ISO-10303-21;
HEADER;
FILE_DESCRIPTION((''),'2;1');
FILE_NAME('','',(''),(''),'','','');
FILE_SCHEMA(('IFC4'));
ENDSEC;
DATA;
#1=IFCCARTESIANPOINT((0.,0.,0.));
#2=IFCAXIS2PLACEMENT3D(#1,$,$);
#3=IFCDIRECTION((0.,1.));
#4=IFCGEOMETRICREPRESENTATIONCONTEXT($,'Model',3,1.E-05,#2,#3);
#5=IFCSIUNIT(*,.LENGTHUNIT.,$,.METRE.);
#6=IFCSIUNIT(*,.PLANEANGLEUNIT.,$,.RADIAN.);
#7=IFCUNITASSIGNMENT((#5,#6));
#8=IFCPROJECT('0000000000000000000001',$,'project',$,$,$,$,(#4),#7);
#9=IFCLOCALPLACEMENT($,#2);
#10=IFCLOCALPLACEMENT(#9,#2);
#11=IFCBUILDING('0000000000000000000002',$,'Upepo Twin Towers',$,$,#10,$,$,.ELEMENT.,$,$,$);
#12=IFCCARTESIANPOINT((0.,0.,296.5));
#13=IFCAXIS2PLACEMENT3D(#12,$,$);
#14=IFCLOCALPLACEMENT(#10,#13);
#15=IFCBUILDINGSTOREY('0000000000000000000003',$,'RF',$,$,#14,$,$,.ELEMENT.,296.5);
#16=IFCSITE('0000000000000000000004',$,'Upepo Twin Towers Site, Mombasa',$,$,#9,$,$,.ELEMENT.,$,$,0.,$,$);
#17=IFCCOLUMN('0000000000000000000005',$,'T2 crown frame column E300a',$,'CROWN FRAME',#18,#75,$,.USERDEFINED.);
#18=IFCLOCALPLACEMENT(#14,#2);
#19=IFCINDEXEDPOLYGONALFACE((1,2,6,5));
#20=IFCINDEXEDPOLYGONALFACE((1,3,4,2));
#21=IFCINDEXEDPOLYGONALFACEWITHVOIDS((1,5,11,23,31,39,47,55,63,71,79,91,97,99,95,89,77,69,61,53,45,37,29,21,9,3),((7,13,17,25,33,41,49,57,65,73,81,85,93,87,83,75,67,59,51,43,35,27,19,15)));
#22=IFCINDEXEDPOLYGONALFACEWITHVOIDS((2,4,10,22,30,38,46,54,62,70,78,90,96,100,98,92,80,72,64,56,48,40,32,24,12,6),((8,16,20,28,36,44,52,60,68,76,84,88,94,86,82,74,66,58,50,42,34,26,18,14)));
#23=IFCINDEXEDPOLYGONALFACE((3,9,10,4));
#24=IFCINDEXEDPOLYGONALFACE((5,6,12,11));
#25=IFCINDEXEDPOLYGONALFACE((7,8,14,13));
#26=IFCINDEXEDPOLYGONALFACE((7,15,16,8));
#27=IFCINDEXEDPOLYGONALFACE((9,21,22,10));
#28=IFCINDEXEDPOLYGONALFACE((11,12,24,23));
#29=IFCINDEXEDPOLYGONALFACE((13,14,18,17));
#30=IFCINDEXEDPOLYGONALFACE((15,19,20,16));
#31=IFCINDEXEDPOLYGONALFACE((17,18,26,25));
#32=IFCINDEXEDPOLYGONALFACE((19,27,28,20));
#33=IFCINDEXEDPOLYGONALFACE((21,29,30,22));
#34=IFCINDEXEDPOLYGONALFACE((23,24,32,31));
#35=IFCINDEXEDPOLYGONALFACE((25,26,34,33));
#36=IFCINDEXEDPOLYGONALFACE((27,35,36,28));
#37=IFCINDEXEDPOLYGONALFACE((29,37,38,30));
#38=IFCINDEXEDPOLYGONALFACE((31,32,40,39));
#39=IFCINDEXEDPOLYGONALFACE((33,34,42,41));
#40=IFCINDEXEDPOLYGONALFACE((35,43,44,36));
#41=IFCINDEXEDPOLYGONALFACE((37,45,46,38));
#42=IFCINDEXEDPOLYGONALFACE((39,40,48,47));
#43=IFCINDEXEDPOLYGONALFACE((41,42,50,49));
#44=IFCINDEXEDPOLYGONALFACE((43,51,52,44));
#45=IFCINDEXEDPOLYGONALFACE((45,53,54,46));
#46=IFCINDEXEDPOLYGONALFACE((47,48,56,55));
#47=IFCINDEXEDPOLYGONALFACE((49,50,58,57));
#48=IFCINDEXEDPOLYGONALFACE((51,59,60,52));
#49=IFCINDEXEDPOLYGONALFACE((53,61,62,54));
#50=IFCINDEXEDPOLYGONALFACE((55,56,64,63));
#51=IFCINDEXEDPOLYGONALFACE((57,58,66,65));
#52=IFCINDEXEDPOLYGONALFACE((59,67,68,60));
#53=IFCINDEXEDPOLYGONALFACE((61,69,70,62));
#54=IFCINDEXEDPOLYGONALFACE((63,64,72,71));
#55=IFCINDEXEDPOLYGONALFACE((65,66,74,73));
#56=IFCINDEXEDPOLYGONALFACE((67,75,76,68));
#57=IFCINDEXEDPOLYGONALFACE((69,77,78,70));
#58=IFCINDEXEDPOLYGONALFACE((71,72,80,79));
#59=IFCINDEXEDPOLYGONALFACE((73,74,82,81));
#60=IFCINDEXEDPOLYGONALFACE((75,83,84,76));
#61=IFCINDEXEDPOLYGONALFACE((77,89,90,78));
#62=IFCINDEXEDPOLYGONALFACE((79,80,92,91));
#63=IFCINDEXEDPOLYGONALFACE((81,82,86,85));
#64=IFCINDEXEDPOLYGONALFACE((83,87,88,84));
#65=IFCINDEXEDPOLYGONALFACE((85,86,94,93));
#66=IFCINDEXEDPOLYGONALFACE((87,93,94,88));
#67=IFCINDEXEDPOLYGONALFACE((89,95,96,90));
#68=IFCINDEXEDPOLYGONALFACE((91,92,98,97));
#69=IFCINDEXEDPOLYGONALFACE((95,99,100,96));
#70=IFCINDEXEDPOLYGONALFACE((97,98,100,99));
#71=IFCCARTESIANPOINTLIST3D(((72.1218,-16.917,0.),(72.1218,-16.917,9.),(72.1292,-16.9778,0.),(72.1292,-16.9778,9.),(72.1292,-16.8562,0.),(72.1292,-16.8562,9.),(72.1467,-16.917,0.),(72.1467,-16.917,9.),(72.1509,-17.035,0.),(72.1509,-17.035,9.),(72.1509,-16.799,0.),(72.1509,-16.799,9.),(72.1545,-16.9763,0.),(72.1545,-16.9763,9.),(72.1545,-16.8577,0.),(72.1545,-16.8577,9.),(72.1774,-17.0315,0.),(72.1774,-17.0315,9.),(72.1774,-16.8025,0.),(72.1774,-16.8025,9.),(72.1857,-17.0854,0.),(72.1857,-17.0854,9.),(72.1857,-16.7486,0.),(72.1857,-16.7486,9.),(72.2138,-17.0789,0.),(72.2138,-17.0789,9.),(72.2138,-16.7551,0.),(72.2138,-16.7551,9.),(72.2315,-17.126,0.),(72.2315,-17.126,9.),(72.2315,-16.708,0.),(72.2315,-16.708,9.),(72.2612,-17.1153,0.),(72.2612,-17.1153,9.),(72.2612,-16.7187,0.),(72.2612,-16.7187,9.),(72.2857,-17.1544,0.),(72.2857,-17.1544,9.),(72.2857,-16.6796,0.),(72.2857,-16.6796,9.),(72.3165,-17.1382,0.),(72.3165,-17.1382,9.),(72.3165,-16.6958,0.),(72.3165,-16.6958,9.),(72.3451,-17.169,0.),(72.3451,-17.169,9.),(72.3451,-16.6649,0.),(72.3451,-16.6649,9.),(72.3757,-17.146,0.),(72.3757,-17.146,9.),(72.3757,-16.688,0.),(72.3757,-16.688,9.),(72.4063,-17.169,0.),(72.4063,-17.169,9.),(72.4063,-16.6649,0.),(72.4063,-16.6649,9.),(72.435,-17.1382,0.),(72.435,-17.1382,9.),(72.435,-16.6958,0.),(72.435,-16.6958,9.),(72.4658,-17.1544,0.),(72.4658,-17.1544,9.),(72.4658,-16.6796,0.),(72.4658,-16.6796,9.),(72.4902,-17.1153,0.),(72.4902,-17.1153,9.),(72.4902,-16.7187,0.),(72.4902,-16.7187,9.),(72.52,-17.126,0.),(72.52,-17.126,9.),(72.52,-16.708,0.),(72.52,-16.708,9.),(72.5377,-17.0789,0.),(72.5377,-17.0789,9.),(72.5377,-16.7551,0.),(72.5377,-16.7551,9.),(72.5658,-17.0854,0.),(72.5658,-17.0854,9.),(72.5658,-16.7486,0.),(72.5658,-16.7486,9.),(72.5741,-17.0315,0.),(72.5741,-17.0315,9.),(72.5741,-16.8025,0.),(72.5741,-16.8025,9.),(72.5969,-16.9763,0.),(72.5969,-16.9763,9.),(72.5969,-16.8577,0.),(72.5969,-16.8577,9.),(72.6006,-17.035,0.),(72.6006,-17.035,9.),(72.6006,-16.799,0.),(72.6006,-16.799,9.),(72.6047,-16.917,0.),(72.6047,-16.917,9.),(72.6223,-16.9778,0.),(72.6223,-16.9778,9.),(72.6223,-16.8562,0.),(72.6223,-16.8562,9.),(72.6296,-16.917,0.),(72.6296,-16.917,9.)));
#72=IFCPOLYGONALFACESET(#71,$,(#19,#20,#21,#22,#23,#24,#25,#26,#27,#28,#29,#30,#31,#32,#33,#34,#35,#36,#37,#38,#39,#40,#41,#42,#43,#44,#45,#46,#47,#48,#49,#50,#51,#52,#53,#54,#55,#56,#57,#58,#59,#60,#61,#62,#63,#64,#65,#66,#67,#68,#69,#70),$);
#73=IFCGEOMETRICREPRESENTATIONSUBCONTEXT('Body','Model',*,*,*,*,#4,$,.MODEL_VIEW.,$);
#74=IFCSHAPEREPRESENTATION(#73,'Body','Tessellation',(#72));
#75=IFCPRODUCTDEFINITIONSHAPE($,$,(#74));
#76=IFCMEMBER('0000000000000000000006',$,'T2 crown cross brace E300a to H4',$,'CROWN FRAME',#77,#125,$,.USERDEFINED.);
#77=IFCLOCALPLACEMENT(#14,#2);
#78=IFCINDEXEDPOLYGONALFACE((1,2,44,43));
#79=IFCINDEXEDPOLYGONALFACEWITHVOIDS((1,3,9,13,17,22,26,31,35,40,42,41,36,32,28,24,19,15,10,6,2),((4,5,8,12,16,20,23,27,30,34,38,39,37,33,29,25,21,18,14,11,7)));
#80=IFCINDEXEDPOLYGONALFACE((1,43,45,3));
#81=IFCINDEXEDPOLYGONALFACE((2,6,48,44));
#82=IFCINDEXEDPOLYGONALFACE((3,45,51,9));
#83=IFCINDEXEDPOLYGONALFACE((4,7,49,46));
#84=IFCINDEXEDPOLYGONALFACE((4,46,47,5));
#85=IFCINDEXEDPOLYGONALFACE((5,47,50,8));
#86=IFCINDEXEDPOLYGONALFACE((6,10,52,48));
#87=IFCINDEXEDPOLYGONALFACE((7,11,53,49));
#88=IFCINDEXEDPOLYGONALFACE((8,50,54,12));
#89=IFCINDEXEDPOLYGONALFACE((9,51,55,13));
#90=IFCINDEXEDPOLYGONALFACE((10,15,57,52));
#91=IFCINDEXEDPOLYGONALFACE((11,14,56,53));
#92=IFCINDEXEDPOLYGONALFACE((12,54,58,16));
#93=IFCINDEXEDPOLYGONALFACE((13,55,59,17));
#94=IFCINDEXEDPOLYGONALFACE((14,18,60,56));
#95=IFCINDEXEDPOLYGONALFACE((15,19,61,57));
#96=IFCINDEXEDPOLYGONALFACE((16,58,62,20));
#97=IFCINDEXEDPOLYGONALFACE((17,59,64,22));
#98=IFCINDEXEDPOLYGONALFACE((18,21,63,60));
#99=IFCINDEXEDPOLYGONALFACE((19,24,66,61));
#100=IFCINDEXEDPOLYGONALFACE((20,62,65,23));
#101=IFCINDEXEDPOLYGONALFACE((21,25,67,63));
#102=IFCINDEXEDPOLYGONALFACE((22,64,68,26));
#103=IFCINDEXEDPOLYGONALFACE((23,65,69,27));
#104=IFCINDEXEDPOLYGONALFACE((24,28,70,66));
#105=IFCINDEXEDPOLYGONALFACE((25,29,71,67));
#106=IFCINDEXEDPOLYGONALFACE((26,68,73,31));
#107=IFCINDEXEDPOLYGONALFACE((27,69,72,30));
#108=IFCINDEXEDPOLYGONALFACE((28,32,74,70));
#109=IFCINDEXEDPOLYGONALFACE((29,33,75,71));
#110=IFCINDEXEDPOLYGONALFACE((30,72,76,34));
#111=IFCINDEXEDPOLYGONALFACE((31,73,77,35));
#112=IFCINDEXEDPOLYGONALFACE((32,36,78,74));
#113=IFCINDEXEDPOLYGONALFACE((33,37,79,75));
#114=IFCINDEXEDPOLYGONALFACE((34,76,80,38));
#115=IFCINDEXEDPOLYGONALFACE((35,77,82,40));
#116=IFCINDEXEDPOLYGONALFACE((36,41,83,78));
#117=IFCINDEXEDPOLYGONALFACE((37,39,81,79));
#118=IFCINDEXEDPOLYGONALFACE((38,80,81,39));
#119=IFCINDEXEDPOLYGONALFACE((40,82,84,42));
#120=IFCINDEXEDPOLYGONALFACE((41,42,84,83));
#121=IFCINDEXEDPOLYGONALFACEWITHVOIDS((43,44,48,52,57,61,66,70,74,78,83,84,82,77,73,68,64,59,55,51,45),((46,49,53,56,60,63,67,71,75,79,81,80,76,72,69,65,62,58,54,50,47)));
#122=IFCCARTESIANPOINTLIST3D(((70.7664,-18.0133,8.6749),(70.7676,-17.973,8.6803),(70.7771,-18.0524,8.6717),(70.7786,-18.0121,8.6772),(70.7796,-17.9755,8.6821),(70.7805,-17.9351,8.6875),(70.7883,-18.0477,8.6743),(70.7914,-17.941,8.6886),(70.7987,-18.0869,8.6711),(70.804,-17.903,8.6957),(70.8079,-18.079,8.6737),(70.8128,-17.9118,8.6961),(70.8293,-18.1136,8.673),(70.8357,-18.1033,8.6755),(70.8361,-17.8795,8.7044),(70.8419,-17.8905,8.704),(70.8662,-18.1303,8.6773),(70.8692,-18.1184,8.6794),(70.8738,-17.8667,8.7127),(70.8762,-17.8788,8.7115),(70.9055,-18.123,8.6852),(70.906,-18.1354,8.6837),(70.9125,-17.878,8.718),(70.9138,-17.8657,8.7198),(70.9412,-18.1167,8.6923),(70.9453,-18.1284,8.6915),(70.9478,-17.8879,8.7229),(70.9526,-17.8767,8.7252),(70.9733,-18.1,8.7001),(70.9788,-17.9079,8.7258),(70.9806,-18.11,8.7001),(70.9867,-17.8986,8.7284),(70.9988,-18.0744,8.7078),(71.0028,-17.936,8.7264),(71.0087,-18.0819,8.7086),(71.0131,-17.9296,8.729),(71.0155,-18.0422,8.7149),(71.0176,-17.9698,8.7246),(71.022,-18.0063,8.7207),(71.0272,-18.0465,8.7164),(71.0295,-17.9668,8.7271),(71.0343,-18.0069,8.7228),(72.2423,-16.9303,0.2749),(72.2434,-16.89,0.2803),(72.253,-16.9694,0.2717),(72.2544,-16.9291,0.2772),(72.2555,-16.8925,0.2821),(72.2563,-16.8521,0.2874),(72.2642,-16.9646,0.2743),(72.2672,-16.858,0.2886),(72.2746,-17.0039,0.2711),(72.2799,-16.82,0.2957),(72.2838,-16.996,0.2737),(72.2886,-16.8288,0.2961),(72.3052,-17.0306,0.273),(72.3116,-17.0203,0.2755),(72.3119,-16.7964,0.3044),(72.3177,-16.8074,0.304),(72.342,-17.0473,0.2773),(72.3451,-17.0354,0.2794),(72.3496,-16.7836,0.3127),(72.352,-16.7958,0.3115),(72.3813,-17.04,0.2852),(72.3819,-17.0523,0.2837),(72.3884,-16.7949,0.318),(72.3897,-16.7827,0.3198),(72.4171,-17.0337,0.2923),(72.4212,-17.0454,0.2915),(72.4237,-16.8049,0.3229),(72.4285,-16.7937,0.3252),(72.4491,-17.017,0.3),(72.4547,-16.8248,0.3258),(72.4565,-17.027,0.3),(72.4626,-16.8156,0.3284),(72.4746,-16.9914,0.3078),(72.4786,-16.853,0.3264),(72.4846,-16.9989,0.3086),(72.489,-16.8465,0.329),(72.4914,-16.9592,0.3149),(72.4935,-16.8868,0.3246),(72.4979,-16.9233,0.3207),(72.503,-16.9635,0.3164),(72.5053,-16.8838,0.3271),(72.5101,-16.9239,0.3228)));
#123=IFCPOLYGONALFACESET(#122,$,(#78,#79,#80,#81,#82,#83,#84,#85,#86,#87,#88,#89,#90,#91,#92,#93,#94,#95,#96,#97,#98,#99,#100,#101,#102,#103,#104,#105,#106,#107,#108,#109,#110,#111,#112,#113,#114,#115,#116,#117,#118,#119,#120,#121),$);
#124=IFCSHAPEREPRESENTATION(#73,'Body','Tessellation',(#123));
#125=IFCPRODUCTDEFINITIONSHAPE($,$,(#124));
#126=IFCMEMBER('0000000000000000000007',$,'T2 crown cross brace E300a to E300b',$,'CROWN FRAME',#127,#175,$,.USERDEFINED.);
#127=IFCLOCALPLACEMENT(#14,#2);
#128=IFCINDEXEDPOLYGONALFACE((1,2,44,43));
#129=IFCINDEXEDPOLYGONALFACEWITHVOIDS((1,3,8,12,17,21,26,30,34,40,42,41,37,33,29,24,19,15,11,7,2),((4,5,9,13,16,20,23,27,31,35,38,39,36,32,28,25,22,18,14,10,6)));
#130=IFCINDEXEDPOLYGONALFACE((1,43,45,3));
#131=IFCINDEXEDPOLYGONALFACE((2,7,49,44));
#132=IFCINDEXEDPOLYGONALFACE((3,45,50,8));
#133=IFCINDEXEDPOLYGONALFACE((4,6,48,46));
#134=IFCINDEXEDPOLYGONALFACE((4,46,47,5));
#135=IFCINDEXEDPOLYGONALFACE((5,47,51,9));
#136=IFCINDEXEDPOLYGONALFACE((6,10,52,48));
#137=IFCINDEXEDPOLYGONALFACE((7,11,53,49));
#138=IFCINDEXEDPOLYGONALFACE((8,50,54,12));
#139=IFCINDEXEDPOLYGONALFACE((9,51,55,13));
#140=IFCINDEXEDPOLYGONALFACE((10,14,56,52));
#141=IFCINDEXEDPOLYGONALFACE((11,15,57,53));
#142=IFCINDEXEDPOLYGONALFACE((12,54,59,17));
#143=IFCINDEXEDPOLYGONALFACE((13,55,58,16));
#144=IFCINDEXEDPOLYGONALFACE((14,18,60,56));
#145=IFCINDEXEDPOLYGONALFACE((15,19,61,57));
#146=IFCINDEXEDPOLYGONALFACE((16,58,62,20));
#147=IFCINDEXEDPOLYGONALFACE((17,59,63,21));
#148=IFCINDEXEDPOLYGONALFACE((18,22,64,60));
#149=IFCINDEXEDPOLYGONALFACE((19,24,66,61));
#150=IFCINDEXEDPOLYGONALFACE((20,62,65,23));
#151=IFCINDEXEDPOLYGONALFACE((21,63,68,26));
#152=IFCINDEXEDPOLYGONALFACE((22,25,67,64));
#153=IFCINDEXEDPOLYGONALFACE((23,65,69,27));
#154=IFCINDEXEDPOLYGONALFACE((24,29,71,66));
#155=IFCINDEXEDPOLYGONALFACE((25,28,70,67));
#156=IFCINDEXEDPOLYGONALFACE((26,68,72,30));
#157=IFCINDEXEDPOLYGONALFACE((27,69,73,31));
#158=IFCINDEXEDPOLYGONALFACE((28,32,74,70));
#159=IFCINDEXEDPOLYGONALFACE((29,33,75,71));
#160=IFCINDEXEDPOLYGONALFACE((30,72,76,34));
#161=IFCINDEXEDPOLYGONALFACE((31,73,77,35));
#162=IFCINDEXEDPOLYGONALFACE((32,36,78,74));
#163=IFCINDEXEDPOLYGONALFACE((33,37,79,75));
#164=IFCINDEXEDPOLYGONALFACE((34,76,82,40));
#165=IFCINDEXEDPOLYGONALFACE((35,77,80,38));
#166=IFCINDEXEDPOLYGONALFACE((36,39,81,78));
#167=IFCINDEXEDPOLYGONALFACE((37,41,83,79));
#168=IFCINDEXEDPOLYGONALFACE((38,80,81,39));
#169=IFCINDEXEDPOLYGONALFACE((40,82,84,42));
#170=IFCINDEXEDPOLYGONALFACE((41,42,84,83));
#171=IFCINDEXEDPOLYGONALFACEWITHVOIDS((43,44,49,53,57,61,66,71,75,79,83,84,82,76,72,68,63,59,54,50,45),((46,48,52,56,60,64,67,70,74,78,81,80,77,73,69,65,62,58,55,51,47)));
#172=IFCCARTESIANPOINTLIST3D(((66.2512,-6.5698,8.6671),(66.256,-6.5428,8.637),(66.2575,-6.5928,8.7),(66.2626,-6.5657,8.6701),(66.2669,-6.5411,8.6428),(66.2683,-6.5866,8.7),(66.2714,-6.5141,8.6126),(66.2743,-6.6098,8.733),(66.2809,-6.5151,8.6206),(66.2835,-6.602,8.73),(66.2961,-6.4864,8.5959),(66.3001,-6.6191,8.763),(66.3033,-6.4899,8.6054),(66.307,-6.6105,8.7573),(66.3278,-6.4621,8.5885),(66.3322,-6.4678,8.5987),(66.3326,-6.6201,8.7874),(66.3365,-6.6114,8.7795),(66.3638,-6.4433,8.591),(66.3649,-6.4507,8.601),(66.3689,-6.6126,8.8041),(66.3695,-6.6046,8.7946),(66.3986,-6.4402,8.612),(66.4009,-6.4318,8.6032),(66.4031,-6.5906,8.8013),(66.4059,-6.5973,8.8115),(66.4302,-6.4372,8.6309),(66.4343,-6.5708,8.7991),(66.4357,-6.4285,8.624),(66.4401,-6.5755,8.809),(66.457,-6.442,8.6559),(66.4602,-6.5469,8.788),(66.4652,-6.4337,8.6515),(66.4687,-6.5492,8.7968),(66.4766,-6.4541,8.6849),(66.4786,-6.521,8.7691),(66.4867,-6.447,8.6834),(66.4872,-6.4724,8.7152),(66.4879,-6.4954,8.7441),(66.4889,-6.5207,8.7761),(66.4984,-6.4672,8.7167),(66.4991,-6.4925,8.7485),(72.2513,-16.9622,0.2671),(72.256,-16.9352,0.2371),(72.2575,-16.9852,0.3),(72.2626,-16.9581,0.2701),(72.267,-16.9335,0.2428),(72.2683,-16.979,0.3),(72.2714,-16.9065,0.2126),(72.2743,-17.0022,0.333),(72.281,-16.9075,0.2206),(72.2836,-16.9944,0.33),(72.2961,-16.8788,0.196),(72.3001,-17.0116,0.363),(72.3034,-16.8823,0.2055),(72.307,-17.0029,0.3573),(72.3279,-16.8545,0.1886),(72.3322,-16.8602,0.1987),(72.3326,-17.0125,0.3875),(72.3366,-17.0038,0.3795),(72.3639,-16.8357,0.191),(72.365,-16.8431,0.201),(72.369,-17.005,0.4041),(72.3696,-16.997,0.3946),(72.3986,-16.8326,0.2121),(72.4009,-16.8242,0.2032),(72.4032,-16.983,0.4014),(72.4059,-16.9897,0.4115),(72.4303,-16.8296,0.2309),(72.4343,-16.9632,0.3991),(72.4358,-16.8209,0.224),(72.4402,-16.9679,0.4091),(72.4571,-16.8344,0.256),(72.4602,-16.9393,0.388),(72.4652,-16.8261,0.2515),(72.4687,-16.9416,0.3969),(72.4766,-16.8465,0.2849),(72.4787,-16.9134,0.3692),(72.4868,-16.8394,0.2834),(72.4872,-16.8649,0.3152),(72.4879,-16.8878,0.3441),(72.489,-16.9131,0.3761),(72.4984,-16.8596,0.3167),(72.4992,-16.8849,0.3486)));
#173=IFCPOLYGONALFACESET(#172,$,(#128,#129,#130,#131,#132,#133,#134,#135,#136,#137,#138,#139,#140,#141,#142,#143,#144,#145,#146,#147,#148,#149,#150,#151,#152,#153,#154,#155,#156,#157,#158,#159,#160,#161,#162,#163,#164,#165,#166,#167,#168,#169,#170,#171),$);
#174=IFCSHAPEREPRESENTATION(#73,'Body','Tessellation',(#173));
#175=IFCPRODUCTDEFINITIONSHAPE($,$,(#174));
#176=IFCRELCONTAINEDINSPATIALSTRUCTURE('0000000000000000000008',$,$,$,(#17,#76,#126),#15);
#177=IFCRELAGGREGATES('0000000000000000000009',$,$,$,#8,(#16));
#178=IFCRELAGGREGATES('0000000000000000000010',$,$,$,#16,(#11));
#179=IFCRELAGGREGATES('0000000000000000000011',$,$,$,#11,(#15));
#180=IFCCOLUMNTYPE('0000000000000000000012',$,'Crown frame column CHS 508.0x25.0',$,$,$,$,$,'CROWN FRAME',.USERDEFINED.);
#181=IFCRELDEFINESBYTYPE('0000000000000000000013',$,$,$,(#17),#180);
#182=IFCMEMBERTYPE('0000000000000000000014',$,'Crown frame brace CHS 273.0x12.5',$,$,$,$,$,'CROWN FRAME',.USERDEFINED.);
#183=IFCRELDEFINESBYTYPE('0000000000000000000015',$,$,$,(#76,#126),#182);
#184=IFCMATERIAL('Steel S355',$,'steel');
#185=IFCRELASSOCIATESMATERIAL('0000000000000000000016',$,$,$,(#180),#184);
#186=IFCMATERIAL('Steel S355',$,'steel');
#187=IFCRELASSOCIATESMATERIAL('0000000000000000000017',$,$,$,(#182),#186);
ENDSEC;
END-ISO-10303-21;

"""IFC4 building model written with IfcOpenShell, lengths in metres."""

from ifc_helpers import new_model, si_unit, direction, frame, origin, origin_2d, place, context, subcontext, project, spatial, hollow_circle, extrude, material, material_profile, profile_set, type_object, element, save


model = new_model("IFC4")

# Units and contexts
model_context = context("Model", 3, precision=1e-05, world=origin(), true_north=direction((0.0, 1.0)))
body_context = subcontext(model_context, "Body", "Model", "MODEL_VIEW")
ifc_project = project(units=[si_unit("LENGTHUNIT", "METRE"), si_unit("PLANEANGLEUNIT", "RADIAN")], contexts=[model_context])

# Site, building, storey
site_placement = place(None, origin())
site = spatial("IfcSite", under=ifc_project, at=site_placement, Name="Upepo Twin Towers Site, Mombasa", CompositionType="ELEMENT", RefElevation=0.0)
building_placement = place(site_placement, origin())
building = spatial("IfcBuilding", under=site, at=building_placement, Name="Upepo Twin Towers", CompositionType="ELEMENT")
storey_placement = place(building_placement, frame((0.0, 0.0, 296.5)))
storey = spatial("IfcBuildingStorey", under=building, at=storey_placement, Name="RF", CompositionType="ELEMENT", Elevation=296.5)

# Column
ifc_material_1 = material(Name="Steel S355", Category="steel")
ifc_material_profile_1 = material_profile(ifc_material_1, hollow_circle(Radius=0.2539, WallThickness=0.0249, at=origin_2d()), Name="CHS 508.0x25.0")
ifc_profile_set_1 = profile_set([ifc_material_profile_1], Name="Steel S355")
column_type = type_object("IfcColumnType", Name="Crown frame column CHS 508.0x25.0", ElementType="CROWN FRAME", PredefinedType="USERDEFINED", material=ifc_profile_set_1)
column_placement = place(storey_placement, frame((72.3757, -16.917, 0.0), z_axis=(0.0, 0.0, 1.0), x_axis=(1.0, 0.0, 0.0)))
element("IfcColumn", 1, at=column_placement, inside=storey, type_object=column_type, Name="T2 crown frame column E300a", ObjectType="CROWN FRAME", PredefinedType="USERDEFINED", context=body_context, shape_type="SweptSolid", body=[
    extrude(hollow_circle(Radius=0.2539, WallThickness=0.0249, at=origin_2d()), origin(), (0.0, 0.0, 1.0), 9.0),
])

# Members
ifc_material_2 = material(Name="Steel S355", Category="steel")
ifc_material_profile_2 = material_profile(ifc_material_2, hollow_circle(Radius=0.1365, WallThickness=0.0125, at=origin_2d()), Name="CHS 273.0x12.5")
ifc_profile_set_2 = profile_set([ifc_material_profile_2], Name="Steel S355")
member_type = type_object("IfcMemberType", Name="Crown frame brace CHS 273.0x12.5", ElementType="CROWN FRAME", PredefinedType="USERDEFINED", material=ifc_profile_set_2)
member_1_placement = place(storey_placement, frame((72.3757, -16.917, 0.3), z_axis=(-0.171667, -0.125974, 0.977068), x_axis=(0.591624, -0.806214, 0.0)))
element("IfcMember", 2, at=member_1_placement, inside=storey, type_object=member_type, Name="T2 crown cross brace E300a to H4", ObjectType="CROWN FRAME", PredefinedType="USERDEFINED", context=body_context, shape_type="SweptSolid", body=[
    extrude(hollow_circle(Radius=0.1365, WallThickness=0.0125, at=origin_2d()), origin(), (0.0, 0.0, 1.0), 8.5972),
])
member_2_placement = place(storey_placement, frame((72.3757, -16.917, 0.3), z_axis=(-0.409617, 0.709479, 0.573457), x_axis=(-0.866026, -0.499999, 0.0)))
element("IfcMember", 3, at=member_2_placement, inside=storey, type_object=member_type, Name="T2 crown cross brace E300a to E300b", ObjectType="CROWN FRAME", PredefinedType="USERDEFINED", context=body_context, shape_type="SweptSolid", body=[
    extrude(hollow_circle(Radius=0.1365, WallThickness=0.0125, at=origin_2d()), origin(), (0.0, 0.0, 1.0), 14.6479),
])

save(model, "model.ifc")
